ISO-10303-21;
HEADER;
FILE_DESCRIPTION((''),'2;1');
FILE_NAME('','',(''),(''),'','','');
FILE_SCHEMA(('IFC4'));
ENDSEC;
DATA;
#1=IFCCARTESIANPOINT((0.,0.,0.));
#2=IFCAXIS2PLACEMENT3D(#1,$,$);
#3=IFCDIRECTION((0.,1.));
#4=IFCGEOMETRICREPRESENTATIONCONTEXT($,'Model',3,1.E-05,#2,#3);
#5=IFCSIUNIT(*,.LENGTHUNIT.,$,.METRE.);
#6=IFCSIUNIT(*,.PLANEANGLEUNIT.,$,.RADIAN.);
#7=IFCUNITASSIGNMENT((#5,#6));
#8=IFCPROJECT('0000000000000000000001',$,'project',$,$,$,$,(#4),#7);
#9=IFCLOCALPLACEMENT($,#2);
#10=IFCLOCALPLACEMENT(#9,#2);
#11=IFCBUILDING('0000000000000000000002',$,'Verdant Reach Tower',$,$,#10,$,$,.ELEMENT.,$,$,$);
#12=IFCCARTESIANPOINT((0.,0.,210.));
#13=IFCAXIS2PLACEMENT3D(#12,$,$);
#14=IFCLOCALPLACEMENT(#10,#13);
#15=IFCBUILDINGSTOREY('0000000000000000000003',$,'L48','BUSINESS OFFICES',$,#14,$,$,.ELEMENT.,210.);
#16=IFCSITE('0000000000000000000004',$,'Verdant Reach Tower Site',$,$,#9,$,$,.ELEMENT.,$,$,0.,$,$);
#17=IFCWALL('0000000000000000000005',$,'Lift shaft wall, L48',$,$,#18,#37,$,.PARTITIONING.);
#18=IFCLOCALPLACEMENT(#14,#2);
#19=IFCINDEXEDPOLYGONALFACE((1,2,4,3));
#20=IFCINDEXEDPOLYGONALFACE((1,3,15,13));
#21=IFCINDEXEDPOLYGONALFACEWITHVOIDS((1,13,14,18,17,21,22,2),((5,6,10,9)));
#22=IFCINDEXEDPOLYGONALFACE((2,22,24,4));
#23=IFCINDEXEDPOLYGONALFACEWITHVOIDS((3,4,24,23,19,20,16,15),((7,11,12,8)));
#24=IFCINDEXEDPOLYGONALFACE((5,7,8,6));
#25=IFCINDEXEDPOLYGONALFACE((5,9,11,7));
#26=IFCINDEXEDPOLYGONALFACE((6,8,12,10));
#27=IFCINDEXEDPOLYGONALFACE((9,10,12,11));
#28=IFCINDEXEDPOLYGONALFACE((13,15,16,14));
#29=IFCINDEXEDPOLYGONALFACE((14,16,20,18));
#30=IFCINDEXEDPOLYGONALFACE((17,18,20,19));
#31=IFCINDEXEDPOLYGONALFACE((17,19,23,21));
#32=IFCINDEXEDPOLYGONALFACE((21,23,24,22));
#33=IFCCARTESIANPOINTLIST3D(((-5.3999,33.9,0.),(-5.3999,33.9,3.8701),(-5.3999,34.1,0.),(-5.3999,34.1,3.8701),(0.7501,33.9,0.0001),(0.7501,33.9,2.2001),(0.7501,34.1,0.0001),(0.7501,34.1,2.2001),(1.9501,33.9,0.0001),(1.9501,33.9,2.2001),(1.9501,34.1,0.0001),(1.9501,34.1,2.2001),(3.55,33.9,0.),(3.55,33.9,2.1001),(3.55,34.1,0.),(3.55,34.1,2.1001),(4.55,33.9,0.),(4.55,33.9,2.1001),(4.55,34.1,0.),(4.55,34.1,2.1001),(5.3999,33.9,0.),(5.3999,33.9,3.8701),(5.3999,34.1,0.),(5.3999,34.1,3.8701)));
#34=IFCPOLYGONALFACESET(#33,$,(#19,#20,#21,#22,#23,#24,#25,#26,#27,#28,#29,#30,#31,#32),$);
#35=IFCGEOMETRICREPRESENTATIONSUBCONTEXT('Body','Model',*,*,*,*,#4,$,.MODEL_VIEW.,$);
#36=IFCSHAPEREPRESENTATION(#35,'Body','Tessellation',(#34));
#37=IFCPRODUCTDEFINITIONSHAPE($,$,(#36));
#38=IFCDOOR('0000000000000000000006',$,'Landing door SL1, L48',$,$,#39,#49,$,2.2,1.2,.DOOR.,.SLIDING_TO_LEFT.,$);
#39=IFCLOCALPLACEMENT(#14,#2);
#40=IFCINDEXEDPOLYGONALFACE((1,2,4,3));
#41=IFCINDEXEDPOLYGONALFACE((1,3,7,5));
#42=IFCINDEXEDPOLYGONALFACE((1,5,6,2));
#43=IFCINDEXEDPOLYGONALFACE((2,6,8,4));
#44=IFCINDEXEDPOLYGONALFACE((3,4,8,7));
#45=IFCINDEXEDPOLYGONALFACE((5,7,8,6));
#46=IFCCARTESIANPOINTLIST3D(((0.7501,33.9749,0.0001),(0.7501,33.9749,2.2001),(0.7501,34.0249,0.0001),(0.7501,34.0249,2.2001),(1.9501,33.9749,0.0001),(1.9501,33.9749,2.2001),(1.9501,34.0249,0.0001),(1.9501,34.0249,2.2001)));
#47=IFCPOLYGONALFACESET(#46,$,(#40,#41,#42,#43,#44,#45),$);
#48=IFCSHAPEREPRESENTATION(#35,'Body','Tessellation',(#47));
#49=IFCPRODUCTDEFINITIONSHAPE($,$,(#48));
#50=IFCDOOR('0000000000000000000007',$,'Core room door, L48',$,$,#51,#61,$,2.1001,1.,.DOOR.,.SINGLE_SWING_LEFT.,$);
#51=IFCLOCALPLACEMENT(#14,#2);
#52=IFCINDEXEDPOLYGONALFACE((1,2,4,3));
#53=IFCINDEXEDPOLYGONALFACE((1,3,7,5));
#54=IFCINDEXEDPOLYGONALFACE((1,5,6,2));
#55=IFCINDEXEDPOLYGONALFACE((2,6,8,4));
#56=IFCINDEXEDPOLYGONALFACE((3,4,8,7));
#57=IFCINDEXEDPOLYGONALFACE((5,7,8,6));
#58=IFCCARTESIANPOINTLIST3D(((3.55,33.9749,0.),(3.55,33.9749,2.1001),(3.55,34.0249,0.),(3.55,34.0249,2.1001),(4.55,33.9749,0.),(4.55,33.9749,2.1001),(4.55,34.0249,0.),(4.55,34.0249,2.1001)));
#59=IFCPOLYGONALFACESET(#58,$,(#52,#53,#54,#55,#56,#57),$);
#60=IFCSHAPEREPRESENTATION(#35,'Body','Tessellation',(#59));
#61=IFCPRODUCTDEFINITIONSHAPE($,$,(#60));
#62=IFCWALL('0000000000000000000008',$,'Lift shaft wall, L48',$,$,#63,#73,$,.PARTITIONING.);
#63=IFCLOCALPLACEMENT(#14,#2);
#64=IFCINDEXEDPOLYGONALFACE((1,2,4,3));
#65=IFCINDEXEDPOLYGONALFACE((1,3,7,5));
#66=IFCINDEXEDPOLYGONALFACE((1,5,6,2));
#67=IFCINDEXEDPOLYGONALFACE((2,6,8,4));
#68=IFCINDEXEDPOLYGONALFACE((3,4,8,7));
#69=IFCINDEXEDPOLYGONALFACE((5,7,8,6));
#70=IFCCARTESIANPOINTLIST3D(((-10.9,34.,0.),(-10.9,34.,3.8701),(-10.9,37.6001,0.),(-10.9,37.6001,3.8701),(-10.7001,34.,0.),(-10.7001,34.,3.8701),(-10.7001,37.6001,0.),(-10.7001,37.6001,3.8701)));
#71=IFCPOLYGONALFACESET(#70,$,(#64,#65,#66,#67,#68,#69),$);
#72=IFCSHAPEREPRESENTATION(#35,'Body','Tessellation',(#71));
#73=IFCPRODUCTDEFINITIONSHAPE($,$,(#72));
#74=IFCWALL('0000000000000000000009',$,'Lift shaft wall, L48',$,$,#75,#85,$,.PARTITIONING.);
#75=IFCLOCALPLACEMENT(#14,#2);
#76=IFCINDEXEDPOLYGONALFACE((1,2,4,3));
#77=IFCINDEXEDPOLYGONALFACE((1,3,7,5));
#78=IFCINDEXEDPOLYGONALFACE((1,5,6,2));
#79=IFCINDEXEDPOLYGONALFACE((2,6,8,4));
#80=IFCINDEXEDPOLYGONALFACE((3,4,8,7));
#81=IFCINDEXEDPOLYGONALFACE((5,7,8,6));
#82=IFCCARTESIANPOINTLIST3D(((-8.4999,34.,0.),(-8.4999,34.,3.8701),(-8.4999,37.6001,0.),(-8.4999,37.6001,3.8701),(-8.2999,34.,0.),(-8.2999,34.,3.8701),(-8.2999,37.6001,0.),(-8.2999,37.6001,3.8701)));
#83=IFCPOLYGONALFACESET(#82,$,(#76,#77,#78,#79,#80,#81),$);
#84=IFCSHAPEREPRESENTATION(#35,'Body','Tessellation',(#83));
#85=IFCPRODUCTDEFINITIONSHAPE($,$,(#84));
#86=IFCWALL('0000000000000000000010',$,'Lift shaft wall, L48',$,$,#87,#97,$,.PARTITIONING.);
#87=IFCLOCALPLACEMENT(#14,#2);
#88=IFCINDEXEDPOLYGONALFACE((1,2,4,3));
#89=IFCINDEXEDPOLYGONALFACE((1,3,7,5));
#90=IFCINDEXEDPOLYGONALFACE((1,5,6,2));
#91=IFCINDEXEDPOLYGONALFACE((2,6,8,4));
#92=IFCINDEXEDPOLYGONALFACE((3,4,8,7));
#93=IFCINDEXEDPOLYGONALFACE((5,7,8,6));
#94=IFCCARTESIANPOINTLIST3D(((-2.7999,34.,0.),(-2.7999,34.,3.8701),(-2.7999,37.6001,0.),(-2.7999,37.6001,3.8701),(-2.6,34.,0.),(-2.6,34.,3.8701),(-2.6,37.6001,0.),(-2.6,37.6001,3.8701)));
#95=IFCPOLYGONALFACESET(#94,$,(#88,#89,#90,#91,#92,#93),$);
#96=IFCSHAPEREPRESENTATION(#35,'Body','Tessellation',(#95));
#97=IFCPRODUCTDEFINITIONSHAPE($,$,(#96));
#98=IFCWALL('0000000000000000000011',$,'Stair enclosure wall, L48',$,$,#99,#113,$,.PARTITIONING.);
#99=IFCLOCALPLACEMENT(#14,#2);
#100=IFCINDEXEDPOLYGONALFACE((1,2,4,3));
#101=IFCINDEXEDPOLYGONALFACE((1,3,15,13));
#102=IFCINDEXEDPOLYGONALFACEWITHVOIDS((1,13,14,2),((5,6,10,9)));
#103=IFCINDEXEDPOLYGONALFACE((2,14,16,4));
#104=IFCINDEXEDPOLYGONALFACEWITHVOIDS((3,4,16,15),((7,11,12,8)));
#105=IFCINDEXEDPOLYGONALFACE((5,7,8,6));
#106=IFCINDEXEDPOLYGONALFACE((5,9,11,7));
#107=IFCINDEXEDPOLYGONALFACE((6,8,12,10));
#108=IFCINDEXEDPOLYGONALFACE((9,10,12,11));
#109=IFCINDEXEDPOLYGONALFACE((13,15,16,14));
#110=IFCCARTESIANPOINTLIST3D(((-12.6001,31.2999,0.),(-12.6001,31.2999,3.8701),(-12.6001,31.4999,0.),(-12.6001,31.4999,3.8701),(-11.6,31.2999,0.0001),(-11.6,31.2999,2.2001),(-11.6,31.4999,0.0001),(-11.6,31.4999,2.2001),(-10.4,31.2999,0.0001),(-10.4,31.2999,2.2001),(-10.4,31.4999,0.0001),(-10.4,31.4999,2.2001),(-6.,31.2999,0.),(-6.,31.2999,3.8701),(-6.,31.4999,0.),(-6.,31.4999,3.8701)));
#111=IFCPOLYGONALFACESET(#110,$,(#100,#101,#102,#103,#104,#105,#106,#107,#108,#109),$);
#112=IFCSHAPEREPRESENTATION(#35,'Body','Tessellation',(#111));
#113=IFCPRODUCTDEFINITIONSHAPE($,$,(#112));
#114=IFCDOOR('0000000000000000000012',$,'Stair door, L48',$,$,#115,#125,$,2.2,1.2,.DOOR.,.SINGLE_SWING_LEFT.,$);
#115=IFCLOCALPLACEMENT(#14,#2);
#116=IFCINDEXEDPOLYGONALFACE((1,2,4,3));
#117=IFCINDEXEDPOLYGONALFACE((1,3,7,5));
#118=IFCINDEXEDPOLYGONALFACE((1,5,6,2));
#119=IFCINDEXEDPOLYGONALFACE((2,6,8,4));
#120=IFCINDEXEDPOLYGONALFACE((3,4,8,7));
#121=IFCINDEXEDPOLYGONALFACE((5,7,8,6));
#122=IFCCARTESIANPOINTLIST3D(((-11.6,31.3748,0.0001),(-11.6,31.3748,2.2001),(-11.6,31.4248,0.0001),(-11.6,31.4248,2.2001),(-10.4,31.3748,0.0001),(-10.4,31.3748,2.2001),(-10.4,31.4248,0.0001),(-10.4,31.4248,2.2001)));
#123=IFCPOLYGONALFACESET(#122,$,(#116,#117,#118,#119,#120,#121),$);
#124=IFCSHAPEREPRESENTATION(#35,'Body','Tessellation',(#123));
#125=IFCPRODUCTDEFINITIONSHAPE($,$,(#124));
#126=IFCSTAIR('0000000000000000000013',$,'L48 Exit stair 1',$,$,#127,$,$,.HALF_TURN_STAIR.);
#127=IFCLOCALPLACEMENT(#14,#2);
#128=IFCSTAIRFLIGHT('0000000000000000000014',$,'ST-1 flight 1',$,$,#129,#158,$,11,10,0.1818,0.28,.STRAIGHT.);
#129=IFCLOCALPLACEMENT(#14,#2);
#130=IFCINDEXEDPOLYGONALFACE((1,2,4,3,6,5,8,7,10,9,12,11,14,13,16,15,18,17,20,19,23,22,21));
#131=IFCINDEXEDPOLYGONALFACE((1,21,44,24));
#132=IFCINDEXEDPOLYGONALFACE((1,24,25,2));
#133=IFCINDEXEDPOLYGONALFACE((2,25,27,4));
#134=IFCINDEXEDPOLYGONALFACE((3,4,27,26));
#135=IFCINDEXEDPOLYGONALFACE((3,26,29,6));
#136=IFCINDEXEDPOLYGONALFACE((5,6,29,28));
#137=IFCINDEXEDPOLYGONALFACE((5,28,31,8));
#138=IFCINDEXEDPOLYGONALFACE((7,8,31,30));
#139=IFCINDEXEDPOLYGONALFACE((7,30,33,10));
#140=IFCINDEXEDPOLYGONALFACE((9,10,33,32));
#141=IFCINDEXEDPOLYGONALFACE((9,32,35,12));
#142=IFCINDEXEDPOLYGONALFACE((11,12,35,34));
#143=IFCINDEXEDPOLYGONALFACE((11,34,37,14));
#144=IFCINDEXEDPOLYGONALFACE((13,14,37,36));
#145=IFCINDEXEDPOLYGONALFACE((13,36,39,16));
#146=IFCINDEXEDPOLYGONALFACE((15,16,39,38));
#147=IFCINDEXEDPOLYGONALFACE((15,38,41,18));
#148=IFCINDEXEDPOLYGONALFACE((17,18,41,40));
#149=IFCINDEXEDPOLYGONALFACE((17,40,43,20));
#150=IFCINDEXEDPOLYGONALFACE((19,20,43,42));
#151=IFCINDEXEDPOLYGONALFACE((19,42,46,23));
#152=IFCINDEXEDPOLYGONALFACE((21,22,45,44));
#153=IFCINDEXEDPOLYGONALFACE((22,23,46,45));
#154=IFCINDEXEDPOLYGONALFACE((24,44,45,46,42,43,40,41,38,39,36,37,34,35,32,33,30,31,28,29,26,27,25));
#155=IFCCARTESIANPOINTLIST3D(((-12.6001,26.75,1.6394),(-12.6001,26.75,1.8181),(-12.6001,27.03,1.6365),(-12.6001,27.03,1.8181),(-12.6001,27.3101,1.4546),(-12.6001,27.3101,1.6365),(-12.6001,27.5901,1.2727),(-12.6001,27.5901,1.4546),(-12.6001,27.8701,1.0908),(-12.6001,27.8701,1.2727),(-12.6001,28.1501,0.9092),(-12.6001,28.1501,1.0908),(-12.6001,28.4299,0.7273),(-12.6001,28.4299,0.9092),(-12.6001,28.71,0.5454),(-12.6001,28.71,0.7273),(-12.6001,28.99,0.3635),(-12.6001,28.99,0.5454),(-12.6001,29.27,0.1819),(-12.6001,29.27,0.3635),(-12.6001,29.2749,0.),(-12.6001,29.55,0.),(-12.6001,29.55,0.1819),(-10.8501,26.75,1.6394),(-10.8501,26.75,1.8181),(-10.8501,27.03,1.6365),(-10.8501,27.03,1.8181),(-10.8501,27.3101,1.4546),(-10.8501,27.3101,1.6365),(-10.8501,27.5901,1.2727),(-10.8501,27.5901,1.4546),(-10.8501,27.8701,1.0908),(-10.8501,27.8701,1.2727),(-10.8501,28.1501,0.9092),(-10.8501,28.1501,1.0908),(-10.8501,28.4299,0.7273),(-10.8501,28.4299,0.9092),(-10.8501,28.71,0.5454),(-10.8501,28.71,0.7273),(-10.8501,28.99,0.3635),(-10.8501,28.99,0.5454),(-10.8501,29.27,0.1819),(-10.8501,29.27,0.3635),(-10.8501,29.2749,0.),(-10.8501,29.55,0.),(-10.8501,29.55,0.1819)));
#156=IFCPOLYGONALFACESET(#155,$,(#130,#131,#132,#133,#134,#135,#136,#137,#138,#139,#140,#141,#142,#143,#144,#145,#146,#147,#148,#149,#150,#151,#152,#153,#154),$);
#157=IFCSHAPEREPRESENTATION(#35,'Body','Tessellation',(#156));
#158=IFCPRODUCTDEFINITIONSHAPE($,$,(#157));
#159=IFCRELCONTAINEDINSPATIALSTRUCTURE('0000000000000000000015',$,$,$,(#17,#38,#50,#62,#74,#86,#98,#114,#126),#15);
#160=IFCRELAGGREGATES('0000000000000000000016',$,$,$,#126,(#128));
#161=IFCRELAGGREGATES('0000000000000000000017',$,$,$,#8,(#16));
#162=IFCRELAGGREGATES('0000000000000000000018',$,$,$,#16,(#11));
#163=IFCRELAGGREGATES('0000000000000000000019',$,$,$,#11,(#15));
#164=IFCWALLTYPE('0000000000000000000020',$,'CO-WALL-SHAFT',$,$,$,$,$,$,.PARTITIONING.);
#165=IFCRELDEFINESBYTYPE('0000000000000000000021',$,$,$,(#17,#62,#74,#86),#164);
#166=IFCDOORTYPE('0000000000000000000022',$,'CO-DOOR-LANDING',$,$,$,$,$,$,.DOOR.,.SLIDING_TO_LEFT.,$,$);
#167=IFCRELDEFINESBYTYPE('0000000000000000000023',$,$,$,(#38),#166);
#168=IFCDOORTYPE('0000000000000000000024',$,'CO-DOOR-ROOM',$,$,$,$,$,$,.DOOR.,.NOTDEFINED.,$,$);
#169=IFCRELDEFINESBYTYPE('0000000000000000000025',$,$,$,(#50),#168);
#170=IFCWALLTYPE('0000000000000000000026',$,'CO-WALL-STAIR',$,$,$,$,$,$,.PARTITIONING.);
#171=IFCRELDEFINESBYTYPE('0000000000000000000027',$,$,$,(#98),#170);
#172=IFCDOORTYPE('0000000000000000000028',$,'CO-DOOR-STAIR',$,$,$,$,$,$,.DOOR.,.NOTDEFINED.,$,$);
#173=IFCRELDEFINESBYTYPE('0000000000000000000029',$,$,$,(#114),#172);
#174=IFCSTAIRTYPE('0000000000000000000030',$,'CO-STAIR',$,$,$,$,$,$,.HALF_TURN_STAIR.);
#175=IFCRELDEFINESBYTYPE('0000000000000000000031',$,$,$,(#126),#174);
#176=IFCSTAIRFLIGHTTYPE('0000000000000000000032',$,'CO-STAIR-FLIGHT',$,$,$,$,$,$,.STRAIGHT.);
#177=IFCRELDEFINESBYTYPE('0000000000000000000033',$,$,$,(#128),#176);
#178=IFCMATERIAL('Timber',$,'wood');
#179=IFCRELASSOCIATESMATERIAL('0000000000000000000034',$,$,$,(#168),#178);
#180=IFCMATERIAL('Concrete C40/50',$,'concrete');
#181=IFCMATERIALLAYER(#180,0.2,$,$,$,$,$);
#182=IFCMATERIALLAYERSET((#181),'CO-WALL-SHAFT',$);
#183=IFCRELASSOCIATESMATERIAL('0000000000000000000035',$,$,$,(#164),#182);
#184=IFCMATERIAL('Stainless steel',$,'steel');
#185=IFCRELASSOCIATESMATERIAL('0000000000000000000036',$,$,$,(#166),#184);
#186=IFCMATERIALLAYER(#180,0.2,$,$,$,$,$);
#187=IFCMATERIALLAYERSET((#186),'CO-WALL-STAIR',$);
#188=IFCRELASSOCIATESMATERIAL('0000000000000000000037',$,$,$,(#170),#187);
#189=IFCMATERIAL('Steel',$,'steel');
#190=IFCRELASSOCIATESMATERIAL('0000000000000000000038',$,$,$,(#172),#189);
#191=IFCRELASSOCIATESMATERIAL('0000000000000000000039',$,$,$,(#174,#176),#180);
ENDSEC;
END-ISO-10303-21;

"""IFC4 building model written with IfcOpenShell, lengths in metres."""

from ifc_helpers import new_model, si_unit, direction, frame, frame_2d, origin, place, context, subcontext, project, spatial, polyline, rectangle, outline, extrude, material, layer, layer_set, type_object, element, fill, aggregate, save


model = new_model("IFC4")

# Units and contexts
model_context = context("Model", 3, precision=1e-05, world=origin(), true_north=direction((0.0, 1.0)))
body_context = subcontext(model_context, "Body", "Model", "MODEL_VIEW")
ifc_project = project(units=[si_unit("LENGTHUNIT", "METRE"), si_unit("PLANEANGLEUNIT", "RADIAN")], contexts=[model_context])

# Site, building, storey
site_placement = place(None, origin())
site = spatial("IfcSite", under=ifc_project, at=site_placement, Name="Verdant Reach Tower Site", CompositionType="ELEMENT", RefElevation=0.0)
building_placement = place(site_placement, origin())
building = spatial("IfcBuilding", under=site, at=building_placement, Name="Verdant Reach Tower", CompositionType="ELEMENT")
storey_placement = place(building_placement, frame((0.0, 0.0, 210.0)))
storey = spatial("IfcBuildingStorey", under=building, at=storey_placement, Name="L48", Description="BUSINESS OFFICES", CompositionType="ELEMENT", Elevation=210.0)

# Wall, openings, doors
ifc_material_1 = material(Name="Timber", Category="wood")
door_type_1 = type_object("IfcDoorType", Name="CO-DOOR-ROOM", OperationType="NOTDEFINED", PredefinedType="DOOR", material=ifc_material_1)
ifc_material_2 = material(Name="Concrete C40/50", Category="concrete")
ifc_layer_1 = layer(ifc_material_2, 0.2)
ifc_layer_set_1 = layer_set([ifc_layer_1], Name="CO-WALL-SHAFT")
wall_type_1 = type_object("IfcWallType", Name="CO-WALL-SHAFT", PredefinedType="PARTITIONING", material=ifc_layer_set_1)
ifc_material_3 = material(Name="Stainless steel", Category="steel")
ifc_material_4 = material(Name="Steel", Category="steel")
wall_1_placement = place(storey_placement, frame((-5.3999, 34.0, 0.0), z_axis=(0.0, 0.0, 1.0), x_axis=(1.0, 0.0, 0.0)))
wall_1 = element("IfcWall", 1, at=wall_1_placement, inside=storey, type_object=wall_type_1, Name="Lift shaft wall, L48", PredefinedType="PARTITIONING", context=body_context, shape_type="SweptSolid", body=[
    extrude(rectangle(XDim=10.7998, YDim=0.2, at=frame_2d((5.3999, 0.0))), origin(), (0.0, 0.0, 1.0), 3.8701),
])
opening_1_placement = place(wall_1_placement, frame((6.1499, 0.0, 0.0)))
opening_1 = element("IfcOpeningElement", 2, at=opening_1_placement, cuts=wall_1, PredefinedType="OPENING", context=body_context, shape_type="SweptSolid", body=[
    extrude(rectangle(XDim=1.2, YDim=2.2, at=frame_2d((0.6001, 1.1001))), frame((0.0, 0.1099, 0.0), z_axis=(0.0, -1.0, 0.0), x_axis=(1.0, 0.0, 0.0)), (0.0, 0.0, 1.0), 0.22),
])
opening_2_placement = place(wall_1_placement, frame((8.95, 0.0, 0.0)))
opening_2 = element("IfcOpeningElement", 3, at=opening_2_placement, cuts=wall_1, PredefinedType="OPENING", context=body_context, shape_type="SweptSolid", body=[
    extrude(rectangle(XDim=1.0, YDim=2.1001, at=frame_2d((0.5, 1.05))), frame((0.0, 0.1099, 0.0), z_axis=(0.0, -1.0, 0.0), x_axis=(1.0, 0.0, 0.0)), (0.0, 0.0, 1.0), 0.22),
])
door_type_2 = type_object("IfcDoorType", Name="CO-DOOR-LANDING", OperationType="SLIDING_TO_LEFT", PredefinedType="DOOR", material=ifc_material_3)
door_1_placement = place(opening_1_placement, origin())
door_1 = element("IfcDoor", 4, at=door_1_placement, inside=storey, type_object=door_type_2, Name="Landing door SL1, L48", OperationType="SLIDING_TO_LEFT", OverallHeight=2.2, OverallWidth=1.2, PredefinedType="DOOR", context=body_context, shape_type="SweptSolid", body=[
    extrude(rectangle(XDim=1.2, YDim=2.2, at=frame_2d((0.6001, 1.1001))), frame((0.0, 0.0249, 0.0), z_axis=(0.0, -1.0, 0.0), x_axis=(1.0, 0.0, 0.0)), (0.0, 0.0, 1.0), 0.05),
])
fill(opening_1, door_1)
door_2_placement = place(opening_2_placement, origin())
door_2 = element("IfcDoor", 5, at=door_2_placement, inside=storey, type_object=door_type_1, Name="Core room door, L48", OperationType="SINGLE_SWING_LEFT", OverallHeight=2.1001, OverallWidth=1.0, PredefinedType="DOOR", context=body_context, shape_type="SweptSolid", body=[
    extrude(rectangle(XDim=1.0, YDim=2.1001, at=frame_2d((0.5, 1.05))), frame((0.0, 0.0249, 0.0), z_axis=(0.0, -1.0, 0.0), x_axis=(1.0, 0.0, 0.0)), (0.0, 0.0, 1.0), 0.05),
])
fill(opening_2, door_2)

# Walls
for number, where, z_axis, x_axis, name in (
    (6, (-10.8, 34.0, 0.0), (0.0, 0.0, 1.0), (0.0, 1.0, 0.0), "Lift shaft wall, L48"),
    (7, (-8.3999, 34.0, 0.0), (0.0, 0.0, 1.0), (0.0, 1.0, 0.0), "Lift shaft wall, L48"),
    (8, (-2.7, 34.0, 0.0), (0.0, 0.0, 1.0), (0.0, 1.0, 0.0), "Lift shaft wall, L48"),
):
    element("IfcWall", number, at=place(storey_placement, frame(where, z_axis=z_axis, x_axis=x_axis)), inside=storey, type_object=wall_type_1, Name=name, PredefinedType="PARTITIONING", context=body_context, shape_type="SweptSolid", body=[
        extrude(rectangle(XDim=3.6001, YDim=0.2, at=frame_2d((1.8, 0.0))), origin(), (0.0, 0.0, 1.0), 3.8701),
    ])

# Wall, opening, door
ifc_layer_2 = layer(ifc_material_2, 0.2)
ifc_layer_set_2 = layer_set([ifc_layer_2], Name="CO-WALL-STAIR")
wall_type_2 = type_object("IfcWallType", Name="CO-WALL-STAIR", PredefinedType="PARTITIONING", material=ifc_layer_set_2)
wall_2_placement = place(storey_placement, frame((-12.6001, 31.3999, 0.0), z_axis=(0.0, 0.0, 1.0), x_axis=(1.0, 0.0, 0.0)))
wall_2 = element("IfcWall", 9, at=wall_2_placement, inside=storey, type_object=wall_type_2, Name="Stair enclosure wall, L48", PredefinedType="PARTITIONING", context=body_context, shape_type="SweptSolid", body=[
    extrude(rectangle(XDim=6.6001, YDim=0.2, at=frame_2d((3.3, 0.0))), origin(), (0.0, 0.0, 1.0), 3.8701),
])
opening_3_placement = place(wall_2_placement, frame((1.0, 0.0, 0.0)))
opening_3 = element("IfcOpeningElement", 10, at=opening_3_placement, cuts=wall_2, PredefinedType="OPENING", context=body_context, shape_type="SweptSolid", body=[
    extrude(rectangle(XDim=1.2, YDim=2.2, at=frame_2d((0.6001, 1.1001))), frame((0.0, 0.1099, 0.0), z_axis=(0.0, -1.0, 0.0), x_axis=(1.0, 0.0, 0.0)), (0.0, 0.0, 1.0), 0.22),
])
door_type_3 = type_object("IfcDoorType", Name="CO-DOOR-STAIR", OperationType="NOTDEFINED", PredefinedType="DOOR", material=ifc_material_4)
door_3_placement = place(opening_3_placement, origin())
door_3 = element("IfcDoor", 11, at=door_3_placement, inside=storey, type_object=door_type_3, Name="Stair door, L48", OperationType="SINGLE_SWING_LEFT", OverallHeight=2.2, OverallWidth=1.2, PredefinedType="DOOR", context=body_context, shape_type="SweptSolid", body=[
    extrude(rectangle(XDim=1.2, YDim=2.2, at=frame_2d((0.6001, 1.1001))), frame((0.0, 0.0249, 0.0), z_axis=(0.0, -1.0, 0.0), x_axis=(1.0, 0.0, 0.0)), (0.0, 0.0, 1.0), 0.05),
])
fill(opening_3, door_3)

# Stair, stair flight
stair_type = type_object("IfcStairType", Name="CO-STAIR", PredefinedType="HALF_TURN_STAIR", material=ifc_material_2)
stair_placement = place(storey_placement, origin())
stair = element("IfcStair", 12, at=stair_placement, inside=storey, type_object=stair_type, Name="L48 Exit stair 1", PredefinedType="HALF_TURN_STAIR")
stair_flight_type = type_object("IfcStairFlightType", Name="CO-STAIR-FLIGHT", PredefinedType="STRAIGHT", material=ifc_material_2)
stair_flight_placement = place(storey_placement, frame((-11.7251, 29.55, 0.0), z_axis=(0.0, 0.0, 1.0), x_axis=(0.0, -1.0, 0.0)))
stair_flight = element("IfcStairFlight", 13, at=stair_flight_placement, type_object=stair_flight_type, Name="ST-1 flight 1", NumberOfRisers=11, NumberOfTreads=10, PredefinedType="STRAIGHT", RiserHeight=0.1818, TreadLength=0.28, context=body_context, shape_type="SweptSolid", body=[
    extrude(outline(polyline([(0.0, 0.0), (0.0, 0.1819), (0.28, 0.1819), (0.28, 0.3635), (0.5601, 0.3635), (0.5601, 0.5454), (0.8401, 0.5454), (0.8401, 0.7273), (1.1201, 0.7273), (1.1201, 0.9092), (1.3999, 0.9092), (1.3999, 1.0908), (1.6799, 1.0908), (1.6799, 1.2727), (1.96, 1.2727), (1.96, 1.4546), (2.24, 1.4546), (2.24, 1.6365), (2.52, 1.6365), (2.52, 1.8181), (2.8, 1.8181), (2.8, 2.0), (2.8, 1.6394), (0.2751, 0.0), (0.0, 0.0)])), frame((0.0, 0.875, 0.0), z_axis=(0.0, -1.0, 0.0), x_axis=(1.0, 0.0, 0.0)), (0.0, 0.0, 1.0), 1.75),
])
aggregate(stair, [stair_flight])

save(model, "model.ifc")
